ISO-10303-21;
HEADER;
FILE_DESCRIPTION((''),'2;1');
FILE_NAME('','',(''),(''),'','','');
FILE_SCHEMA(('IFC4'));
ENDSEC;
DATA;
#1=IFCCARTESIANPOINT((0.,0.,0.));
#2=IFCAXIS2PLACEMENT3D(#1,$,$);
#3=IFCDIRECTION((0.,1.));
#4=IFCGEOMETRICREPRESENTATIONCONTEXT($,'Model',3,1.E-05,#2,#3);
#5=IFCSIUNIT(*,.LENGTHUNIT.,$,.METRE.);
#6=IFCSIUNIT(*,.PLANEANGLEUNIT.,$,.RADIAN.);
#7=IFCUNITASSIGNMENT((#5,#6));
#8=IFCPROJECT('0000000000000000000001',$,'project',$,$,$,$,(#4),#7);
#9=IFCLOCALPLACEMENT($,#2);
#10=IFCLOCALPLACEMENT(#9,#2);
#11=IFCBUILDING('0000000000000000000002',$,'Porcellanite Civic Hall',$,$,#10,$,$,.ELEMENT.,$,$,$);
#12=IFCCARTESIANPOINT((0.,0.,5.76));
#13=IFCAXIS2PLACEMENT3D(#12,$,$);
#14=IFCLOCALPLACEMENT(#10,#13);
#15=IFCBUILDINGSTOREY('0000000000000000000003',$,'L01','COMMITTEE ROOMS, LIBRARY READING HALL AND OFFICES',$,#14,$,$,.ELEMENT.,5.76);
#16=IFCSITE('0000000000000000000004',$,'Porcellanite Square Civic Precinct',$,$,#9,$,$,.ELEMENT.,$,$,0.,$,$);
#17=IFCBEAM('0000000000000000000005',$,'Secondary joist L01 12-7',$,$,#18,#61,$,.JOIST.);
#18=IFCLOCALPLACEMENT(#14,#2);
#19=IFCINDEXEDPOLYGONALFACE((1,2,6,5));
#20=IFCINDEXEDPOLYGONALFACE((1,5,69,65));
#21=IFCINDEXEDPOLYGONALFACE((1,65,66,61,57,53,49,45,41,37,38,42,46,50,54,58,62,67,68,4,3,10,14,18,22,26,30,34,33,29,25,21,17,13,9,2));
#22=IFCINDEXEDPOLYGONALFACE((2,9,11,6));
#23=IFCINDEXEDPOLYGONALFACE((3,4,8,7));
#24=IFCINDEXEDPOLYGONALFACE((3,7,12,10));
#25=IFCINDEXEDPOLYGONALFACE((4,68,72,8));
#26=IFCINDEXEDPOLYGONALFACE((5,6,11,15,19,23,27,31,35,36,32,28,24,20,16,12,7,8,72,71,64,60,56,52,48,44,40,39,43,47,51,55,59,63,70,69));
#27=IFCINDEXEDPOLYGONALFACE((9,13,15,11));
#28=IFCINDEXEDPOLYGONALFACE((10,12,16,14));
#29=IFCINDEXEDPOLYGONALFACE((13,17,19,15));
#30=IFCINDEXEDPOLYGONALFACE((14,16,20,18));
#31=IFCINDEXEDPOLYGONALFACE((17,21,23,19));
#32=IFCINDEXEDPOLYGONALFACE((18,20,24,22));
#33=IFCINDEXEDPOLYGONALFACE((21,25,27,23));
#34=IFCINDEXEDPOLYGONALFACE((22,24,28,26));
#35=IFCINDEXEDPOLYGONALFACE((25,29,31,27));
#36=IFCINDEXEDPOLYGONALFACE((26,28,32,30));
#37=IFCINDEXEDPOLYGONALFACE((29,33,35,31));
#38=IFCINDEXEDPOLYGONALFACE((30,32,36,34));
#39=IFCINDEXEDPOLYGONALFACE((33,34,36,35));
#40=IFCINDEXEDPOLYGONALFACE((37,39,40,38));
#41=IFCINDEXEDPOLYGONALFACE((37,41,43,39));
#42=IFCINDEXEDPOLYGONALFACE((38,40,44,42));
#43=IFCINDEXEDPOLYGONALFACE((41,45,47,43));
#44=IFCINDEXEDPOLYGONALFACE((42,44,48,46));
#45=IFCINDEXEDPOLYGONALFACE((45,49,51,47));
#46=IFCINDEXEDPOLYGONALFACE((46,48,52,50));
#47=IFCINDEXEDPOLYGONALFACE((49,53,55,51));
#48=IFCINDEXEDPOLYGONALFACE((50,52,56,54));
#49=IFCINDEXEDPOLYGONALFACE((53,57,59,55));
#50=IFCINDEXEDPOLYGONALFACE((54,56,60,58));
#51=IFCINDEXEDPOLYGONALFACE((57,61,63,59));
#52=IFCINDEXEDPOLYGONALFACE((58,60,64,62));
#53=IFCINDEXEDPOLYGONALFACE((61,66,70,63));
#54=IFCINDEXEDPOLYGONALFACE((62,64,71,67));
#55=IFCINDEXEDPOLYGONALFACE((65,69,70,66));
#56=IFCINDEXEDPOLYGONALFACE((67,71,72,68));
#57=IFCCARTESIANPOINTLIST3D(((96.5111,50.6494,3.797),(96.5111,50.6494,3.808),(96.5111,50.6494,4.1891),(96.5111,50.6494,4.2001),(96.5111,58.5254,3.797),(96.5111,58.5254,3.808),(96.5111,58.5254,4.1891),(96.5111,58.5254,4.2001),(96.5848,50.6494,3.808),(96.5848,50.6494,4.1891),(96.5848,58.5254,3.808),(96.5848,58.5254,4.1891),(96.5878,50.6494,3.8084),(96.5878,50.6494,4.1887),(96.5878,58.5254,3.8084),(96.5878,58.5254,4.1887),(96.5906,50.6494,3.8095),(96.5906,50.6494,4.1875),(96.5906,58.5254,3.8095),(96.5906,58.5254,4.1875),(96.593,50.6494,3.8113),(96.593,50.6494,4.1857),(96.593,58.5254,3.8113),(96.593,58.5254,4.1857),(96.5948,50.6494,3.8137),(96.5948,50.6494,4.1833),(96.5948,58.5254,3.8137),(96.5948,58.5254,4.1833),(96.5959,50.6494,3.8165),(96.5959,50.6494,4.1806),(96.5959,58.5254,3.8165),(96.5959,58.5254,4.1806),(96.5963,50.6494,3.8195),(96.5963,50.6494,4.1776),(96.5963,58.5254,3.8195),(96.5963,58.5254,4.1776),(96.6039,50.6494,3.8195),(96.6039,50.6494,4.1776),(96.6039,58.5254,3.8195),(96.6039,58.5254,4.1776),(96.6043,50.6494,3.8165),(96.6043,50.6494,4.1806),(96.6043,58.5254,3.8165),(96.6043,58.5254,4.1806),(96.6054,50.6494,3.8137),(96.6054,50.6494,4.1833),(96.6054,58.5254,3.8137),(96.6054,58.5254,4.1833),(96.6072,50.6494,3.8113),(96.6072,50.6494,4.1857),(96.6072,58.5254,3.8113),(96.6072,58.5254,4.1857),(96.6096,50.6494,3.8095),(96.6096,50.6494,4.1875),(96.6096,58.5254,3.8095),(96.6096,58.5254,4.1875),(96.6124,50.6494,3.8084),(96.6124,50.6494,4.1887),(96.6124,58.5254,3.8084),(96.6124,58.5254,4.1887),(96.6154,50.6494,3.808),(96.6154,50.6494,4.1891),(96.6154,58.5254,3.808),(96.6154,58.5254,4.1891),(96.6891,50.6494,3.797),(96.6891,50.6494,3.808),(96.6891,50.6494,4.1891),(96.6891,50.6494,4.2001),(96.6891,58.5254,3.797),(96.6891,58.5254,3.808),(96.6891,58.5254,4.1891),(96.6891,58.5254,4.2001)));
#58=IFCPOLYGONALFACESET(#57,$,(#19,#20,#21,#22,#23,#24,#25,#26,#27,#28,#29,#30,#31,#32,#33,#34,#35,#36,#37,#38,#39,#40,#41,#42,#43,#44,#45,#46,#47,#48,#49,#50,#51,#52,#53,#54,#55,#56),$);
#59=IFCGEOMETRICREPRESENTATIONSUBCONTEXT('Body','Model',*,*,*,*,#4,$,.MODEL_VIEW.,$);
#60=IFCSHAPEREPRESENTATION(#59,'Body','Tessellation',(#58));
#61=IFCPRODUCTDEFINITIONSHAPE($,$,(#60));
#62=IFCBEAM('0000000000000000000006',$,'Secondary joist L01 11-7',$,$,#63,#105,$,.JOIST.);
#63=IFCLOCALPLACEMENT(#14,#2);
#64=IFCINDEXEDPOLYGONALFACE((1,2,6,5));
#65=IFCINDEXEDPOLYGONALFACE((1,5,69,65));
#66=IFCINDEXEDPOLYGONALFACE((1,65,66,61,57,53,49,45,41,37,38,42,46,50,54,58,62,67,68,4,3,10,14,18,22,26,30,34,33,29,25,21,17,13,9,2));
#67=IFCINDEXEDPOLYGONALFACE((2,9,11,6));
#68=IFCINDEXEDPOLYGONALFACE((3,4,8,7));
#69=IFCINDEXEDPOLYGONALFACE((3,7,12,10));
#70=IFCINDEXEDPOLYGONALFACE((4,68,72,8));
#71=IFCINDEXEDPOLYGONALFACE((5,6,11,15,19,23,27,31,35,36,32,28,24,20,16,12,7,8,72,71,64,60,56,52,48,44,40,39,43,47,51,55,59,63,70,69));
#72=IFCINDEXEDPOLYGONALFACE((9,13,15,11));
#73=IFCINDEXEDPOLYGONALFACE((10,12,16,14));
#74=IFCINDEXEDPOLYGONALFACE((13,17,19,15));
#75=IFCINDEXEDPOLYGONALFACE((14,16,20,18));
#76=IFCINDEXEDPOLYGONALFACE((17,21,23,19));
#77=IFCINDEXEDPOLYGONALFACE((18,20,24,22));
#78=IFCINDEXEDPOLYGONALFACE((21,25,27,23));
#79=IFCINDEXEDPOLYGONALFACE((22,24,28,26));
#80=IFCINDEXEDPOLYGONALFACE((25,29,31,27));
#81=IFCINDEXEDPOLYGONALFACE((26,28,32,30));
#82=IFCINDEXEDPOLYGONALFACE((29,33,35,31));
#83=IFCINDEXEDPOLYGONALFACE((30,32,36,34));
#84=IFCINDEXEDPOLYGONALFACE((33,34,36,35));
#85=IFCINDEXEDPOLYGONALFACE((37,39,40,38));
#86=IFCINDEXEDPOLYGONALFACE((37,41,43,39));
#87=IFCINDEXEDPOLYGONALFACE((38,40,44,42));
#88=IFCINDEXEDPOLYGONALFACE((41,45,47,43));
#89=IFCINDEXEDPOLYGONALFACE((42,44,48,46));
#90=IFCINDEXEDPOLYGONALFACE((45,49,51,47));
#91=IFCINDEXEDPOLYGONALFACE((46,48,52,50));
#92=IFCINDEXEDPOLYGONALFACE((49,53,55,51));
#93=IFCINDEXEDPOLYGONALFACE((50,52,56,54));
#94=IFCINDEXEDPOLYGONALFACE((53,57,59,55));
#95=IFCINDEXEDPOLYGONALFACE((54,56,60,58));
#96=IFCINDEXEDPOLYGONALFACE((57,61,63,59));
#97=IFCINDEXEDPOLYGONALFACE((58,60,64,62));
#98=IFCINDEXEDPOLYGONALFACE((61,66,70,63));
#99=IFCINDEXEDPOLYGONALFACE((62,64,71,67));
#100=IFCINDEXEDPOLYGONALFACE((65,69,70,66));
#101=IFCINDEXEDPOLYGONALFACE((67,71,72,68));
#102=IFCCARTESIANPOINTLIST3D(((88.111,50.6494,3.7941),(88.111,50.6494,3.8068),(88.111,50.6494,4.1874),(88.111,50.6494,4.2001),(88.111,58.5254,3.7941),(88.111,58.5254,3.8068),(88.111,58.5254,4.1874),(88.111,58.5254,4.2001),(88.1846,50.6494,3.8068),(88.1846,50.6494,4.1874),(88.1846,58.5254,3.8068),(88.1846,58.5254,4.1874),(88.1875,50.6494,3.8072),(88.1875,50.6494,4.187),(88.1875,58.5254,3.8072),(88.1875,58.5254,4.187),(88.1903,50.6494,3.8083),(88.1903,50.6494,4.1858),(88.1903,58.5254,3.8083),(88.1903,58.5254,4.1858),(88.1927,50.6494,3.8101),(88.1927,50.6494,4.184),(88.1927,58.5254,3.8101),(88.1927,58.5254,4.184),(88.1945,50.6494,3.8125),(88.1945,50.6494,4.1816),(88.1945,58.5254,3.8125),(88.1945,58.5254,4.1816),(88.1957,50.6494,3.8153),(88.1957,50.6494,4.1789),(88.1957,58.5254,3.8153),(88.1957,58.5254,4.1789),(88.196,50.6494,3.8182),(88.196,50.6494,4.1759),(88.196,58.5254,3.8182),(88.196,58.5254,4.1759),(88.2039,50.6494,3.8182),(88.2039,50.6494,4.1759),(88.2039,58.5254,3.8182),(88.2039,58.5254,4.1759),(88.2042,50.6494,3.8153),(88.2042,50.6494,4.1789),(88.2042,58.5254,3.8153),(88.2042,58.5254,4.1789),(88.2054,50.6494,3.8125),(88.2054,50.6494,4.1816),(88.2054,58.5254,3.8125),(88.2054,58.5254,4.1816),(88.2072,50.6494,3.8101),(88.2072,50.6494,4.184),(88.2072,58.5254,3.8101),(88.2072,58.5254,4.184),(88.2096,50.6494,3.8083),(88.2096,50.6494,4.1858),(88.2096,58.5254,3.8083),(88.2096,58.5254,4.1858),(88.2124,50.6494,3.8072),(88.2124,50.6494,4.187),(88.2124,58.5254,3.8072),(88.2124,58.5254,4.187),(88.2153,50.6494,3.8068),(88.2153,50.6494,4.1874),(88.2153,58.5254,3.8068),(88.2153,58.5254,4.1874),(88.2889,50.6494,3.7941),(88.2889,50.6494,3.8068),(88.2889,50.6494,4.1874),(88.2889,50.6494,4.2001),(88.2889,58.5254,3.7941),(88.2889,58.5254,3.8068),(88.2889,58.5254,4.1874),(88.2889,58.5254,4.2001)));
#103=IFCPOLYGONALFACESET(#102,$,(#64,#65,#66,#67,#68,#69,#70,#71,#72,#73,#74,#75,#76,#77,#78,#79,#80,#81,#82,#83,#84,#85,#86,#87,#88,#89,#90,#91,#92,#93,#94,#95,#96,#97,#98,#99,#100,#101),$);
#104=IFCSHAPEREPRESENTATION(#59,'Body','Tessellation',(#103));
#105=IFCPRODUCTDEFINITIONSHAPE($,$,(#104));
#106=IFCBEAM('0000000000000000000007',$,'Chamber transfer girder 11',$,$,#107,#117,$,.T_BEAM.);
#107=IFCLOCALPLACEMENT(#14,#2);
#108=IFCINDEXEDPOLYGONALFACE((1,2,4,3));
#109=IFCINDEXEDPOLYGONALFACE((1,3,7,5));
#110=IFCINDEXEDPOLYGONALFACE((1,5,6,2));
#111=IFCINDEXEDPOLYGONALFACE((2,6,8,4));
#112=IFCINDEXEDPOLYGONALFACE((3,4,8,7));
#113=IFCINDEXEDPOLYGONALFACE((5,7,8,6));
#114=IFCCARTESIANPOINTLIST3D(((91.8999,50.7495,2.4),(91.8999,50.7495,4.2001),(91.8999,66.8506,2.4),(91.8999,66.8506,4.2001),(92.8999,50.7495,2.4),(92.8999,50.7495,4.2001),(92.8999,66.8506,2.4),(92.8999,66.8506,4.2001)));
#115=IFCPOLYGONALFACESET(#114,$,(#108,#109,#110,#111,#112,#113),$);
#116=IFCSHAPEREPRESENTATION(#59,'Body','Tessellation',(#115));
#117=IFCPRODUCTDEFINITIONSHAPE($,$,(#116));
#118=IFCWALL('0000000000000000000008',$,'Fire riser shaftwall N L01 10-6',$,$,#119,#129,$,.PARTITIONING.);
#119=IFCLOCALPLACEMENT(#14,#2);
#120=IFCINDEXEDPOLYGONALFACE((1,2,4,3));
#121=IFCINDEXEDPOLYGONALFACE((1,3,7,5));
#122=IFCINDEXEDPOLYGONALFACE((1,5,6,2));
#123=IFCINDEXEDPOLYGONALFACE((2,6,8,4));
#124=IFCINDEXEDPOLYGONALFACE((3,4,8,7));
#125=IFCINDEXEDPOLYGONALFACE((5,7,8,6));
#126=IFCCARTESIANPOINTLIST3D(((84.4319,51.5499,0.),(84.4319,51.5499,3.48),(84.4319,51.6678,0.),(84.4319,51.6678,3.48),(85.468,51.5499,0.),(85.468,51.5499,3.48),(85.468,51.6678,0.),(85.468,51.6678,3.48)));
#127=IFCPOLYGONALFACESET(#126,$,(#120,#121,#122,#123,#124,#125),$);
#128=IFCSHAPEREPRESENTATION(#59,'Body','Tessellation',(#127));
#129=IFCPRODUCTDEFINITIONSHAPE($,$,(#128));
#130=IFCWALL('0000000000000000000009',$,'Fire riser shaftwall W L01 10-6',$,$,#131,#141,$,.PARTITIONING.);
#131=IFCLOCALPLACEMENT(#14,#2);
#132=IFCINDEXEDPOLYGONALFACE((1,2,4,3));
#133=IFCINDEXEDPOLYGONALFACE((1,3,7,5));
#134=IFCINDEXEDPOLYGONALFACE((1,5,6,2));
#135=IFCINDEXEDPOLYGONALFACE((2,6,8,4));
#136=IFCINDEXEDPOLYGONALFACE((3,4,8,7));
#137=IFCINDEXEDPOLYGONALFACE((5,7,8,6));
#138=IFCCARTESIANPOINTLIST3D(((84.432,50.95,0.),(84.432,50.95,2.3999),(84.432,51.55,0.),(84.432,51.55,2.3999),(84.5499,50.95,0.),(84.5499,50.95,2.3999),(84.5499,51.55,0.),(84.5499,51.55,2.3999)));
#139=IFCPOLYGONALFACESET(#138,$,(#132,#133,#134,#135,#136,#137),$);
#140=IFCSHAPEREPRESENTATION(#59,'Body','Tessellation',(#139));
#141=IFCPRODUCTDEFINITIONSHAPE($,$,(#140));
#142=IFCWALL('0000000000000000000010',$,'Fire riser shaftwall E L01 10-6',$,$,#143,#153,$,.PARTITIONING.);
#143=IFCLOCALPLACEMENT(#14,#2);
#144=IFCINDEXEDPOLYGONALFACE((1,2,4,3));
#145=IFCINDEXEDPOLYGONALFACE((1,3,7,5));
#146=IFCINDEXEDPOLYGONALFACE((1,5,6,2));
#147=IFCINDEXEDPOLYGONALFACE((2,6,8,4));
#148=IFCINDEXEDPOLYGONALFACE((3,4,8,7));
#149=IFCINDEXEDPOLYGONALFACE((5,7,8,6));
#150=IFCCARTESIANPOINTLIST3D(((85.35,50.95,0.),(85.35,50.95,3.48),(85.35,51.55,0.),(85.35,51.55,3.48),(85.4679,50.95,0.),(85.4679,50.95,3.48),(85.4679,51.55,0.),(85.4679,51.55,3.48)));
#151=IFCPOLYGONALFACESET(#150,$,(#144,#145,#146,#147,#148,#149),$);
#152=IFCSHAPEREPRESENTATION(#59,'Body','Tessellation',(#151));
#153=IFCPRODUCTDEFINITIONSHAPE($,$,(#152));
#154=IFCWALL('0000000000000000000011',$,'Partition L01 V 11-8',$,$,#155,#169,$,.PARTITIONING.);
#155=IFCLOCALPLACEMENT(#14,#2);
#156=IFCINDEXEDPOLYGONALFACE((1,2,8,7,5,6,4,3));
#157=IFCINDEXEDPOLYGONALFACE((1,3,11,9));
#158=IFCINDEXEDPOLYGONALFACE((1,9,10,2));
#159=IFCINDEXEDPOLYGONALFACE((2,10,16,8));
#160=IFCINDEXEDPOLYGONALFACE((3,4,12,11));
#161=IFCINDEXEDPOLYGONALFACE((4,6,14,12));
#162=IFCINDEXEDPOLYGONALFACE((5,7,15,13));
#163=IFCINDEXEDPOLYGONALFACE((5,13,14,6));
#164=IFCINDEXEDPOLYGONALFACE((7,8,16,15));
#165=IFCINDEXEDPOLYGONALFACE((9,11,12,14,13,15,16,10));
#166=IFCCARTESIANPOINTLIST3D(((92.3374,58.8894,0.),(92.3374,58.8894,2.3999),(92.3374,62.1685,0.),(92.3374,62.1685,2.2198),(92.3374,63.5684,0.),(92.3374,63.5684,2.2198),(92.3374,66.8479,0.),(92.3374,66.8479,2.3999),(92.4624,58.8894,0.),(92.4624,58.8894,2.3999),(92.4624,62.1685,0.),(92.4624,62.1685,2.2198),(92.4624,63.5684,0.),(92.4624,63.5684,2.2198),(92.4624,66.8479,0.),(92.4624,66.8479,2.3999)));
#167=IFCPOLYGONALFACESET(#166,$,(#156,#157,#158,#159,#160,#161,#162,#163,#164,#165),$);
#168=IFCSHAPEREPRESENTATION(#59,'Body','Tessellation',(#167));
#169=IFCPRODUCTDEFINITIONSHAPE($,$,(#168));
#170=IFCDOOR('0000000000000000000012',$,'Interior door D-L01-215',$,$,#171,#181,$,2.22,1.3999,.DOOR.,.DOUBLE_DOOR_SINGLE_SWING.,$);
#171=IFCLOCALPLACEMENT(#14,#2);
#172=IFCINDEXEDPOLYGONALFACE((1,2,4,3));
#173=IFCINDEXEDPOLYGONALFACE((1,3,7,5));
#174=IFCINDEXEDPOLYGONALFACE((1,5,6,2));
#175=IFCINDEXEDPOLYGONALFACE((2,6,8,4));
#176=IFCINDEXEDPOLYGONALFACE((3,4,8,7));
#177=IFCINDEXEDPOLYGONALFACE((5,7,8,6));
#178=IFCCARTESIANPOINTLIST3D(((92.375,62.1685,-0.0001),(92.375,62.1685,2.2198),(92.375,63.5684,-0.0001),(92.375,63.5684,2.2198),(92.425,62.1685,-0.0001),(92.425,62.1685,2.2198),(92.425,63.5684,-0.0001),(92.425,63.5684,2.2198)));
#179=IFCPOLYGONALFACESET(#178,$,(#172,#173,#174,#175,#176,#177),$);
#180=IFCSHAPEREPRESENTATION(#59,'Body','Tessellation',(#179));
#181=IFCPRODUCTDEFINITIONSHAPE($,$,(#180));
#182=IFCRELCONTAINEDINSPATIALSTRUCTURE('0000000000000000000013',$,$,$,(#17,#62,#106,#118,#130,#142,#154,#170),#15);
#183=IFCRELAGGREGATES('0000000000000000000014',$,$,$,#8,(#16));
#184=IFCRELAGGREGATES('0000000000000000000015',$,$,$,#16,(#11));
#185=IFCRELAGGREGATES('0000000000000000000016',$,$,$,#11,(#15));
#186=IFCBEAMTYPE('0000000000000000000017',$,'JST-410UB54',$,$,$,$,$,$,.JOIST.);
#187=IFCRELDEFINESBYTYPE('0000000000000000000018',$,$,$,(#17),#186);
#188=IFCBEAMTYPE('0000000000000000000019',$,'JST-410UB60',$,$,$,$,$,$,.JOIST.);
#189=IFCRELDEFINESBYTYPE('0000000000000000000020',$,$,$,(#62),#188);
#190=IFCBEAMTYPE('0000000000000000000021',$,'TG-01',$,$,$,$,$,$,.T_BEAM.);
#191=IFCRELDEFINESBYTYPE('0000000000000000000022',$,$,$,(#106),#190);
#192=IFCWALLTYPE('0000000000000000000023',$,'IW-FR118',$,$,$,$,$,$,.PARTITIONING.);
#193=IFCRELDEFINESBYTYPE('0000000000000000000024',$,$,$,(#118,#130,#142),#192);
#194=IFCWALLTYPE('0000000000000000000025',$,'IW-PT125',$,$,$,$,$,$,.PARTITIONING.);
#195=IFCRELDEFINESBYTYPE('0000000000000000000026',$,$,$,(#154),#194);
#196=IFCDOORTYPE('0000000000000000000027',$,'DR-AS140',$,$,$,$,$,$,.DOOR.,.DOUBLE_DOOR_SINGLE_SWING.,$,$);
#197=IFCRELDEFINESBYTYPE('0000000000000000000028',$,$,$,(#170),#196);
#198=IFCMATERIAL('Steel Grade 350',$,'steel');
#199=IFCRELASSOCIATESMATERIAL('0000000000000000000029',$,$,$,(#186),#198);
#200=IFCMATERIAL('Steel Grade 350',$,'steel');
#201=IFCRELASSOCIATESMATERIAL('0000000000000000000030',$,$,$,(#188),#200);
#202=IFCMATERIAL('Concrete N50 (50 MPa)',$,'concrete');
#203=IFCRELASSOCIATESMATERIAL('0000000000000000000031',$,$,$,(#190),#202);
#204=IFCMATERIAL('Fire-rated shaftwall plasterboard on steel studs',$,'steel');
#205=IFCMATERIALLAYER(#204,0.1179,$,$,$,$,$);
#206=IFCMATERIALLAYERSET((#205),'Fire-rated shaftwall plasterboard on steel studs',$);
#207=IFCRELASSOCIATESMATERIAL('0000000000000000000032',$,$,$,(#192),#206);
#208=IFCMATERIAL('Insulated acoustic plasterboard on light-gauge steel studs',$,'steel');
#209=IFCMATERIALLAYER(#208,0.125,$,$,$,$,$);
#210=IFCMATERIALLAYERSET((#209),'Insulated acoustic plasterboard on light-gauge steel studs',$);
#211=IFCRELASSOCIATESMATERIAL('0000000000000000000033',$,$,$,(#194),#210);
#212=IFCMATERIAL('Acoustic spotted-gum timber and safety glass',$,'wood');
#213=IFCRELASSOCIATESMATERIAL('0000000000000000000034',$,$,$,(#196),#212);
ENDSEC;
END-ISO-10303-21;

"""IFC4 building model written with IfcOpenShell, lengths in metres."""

from ifc_helpers import new_model, si_unit, direction, frame, frame_2d, origin, origin_2d, place, context, subcontext, project, spatial, rectangle, i_section, extrude, material, layer, layer_set, material_profile, profile_set, type_object, element, fill, save


model = new_model("IFC4")

# Units and contexts
model_context = context("Model", 3, precision=1e-05, world=origin(), true_north=direction((0.0, 1.0)))
body_context = subcontext(model_context, "Body", "Model", "MODEL_VIEW")
ifc_project = project(units=[si_unit("LENGTHUNIT", "METRE"), si_unit("PLANEANGLEUNIT", "RADIAN")], contexts=[model_context])

# Site, building, storey
site_placement = place(None, origin())
site = spatial("IfcSite", under=ifc_project, at=site_placement, Name="Porcellanite Square Civic Precinct", CompositionType="ELEMENT", RefElevation=0.0)
building_placement = place(site_placement, origin())
building = spatial("IfcBuilding", under=site, at=building_placement, Name="Porcellanite Civic Hall", CompositionType="ELEMENT")
storey_placement = place(building_placement, frame((0.0, 0.0, 5.76)))
storey = spatial("IfcBuildingStorey", under=building, at=storey_placement, Name="L01", Description="COMMITTEE ROOMS, LIBRARY READING HALL AND OFFICES", CompositionType="ELEMENT", Elevation=5.76)

# Beams
ifc_material_1 = material(Name="Steel Grade 350", Category="steel")
ifc_material_profile_1 = material_profile(ifc_material_1, i_section(OverallWidth=0.178, OverallDepth=0.4031, WebThickness=0.0076, FlangeThickness=0.011, FilletRadius=0.0115, at=origin_2d()), Name="410UB53.7")
ifc_profile_set_1 = profile_set([ifc_material_profile_1], Name="Steel Grade 350")
beam_type_1 = type_object("IfcBeamType", Name="JST-410UB54", PredefinedType="JOIST", material=ifc_profile_set_1)
for number, where, z_axis, x_axis, name in (
    (1, (96.6001, 50.6494, 3.9985), (0.0, 1.0, 0.0), (-1.0, 0.0, 0.0), "Secondary joist L01 12-7"),
):
    element("IfcBeam", number, at=place(storey_placement, frame(where, z_axis=z_axis, x_axis=x_axis)), inside=storey, type_object=beam_type_1, Name=name, PredefinedType="JOIST", context=body_context, shape_type="SweptSolid", body=[
        extrude(i_section(OverallWidth=0.178, OverallDepth=0.4031, WebThickness=0.0076, FlangeThickness=0.011, FilletRadius=0.0115, at=origin_2d()), origin(), (0.0, 0.0, 1.0), 7.876),
    ])
ifc_material_2 = material(Name="Steel Grade 350", Category="steel")
ifc_material_profile_2 = material_profile(ifc_material_2, i_section(OverallWidth=0.178, OverallDepth=0.406, WebThickness=0.0078, FlangeThickness=0.0127, FilletRadius=0.0115, at=origin_2d()), Name="410UB59.7")
ifc_profile_set_2 = profile_set([ifc_material_profile_2], Name="Steel Grade 350")
beam_type_2 = type_object("IfcBeamType", Name="JST-410UB60", PredefinedType="JOIST", material=ifc_profile_set_2)
beam_1_placement = place(storey_placement, frame((88.2, 50.6494, 3.9971), z_axis=(0.0, 1.0, 0.0), x_axis=(-1.0, 0.0, 0.0)))
element("IfcBeam", 2, at=beam_1_placement, inside=storey, type_object=beam_type_2, Name="Secondary joist L01 11-7", PredefinedType="JOIST", context=body_context, shape_type="SweptSolid", body=[
    extrude(i_section(OverallWidth=0.178, OverallDepth=0.406, WebThickness=0.0078, FlangeThickness=0.0127, FilletRadius=0.0115, at=origin_2d()), origin(), (0.0, 0.0, 1.0), 7.876),
])
ifc_material_3 = material(Name="Concrete N50 (50 MPa)", Category="concrete")
ifc_material_profile_3 = material_profile(ifc_material_3, rectangle(XDim=1.0, YDim=1.8, at=origin_2d()), Name="RC-1000x1800")
ifc_profile_set_3 = profile_set([ifc_material_profile_3], Name="Concrete N50 (50 MPa)")
beam_type_3 = type_object("IfcBeamType", Name="TG-01", PredefinedType="T_BEAM", material=ifc_profile_set_3)
beam_2_placement = place(storey_placement, frame((92.3999, 50.7495, 3.3), z_axis=(0.0, 1.0, 0.0), x_axis=(-1.0, 0.0, 0.0)))
element("IfcBeam", 3, at=beam_2_placement, inside=storey, type_object=beam_type_3, Name="Chamber transfer girder 11", PredefinedType="T_BEAM", context=body_context, shape_type="SweptSolid", body=[
    extrude(rectangle(XDim=1.0, YDim=1.8, at=origin_2d()), origin(), (0.0, 0.0, 1.0), 16.1011),
])

# Walls
ifc_material_4 = material(Name="Fire-rated shaftwall plasterboard on steel studs", Category="steel")
ifc_layer_1 = layer(ifc_material_4, 0.1179)
ifc_layer_set_1 = layer_set([ifc_layer_1], Name="Fire-rated shaftwall plasterboard on steel studs")
wall_type_1 = type_object("IfcWallType", Name="IW-FR118", PredefinedType="PARTITIONING", material=ifc_layer_set_1)
wall_1_placement = place(storey_placement, frame((84.4319, 51.6089, 0.0), z_axis=(0.0, 0.0, 1.0), x_axis=(1.0, 0.0, 0.0)))
element("IfcWall", 4, at=wall_1_placement, inside=storey, type_object=wall_type_1, Name="Fire riser shaftwall N L01 10-6", PredefinedType="PARTITIONING", context=body_context, shape_type="SweptSolid", body=[
    extrude(rectangle(XDim=1.0361, YDim=0.1179, at=frame_2d((0.5181, 0.0))), origin(), (0.0, 0.0, 1.0), 3.48),
])
wall_2_placement = place(storey_placement, frame((84.491, 50.95, 0.0), z_axis=(0.0, 0.0, 1.0), x_axis=(0.0, 1.0, 0.0)))
element("IfcWall", 5, at=wall_2_placement, inside=storey, type_object=wall_type_1, Name="Fire riser shaftwall W L01 10-6", PredefinedType="PARTITIONING", context=body_context, shape_type="SweptSolid", body=[
    extrude(rectangle(XDim=0.6001, YDim=0.1179, at=frame_2d((0.3, 0.0))), origin(), (0.0, 0.0, 1.0), 2.3999),
])
wall_3_placement = place(storey_placement, frame((85.4089, 50.95, 0.0), z_axis=(0.0, 0.0, 1.0), x_axis=(0.0, 1.0, 0.0)))
element("IfcWall", 6, at=wall_3_placement, inside=storey, type_object=wall_type_1, Name="Fire riser shaftwall E L01 10-6", PredefinedType="PARTITIONING", context=body_context, shape_type="SweptSolid", body=[
    extrude(rectangle(XDim=0.6001, YDim=0.1179, at=frame_2d((0.3, 0.0))), origin(), (0.0, 0.0, 1.0), 3.48),
])

# Wall, opening, door
ifc_material_5 = material(Name="Insulated acoustic plasterboard on light-gauge steel studs", Category="steel")
ifc_layer_2 = layer(ifc_material_5, 0.125)
ifc_layer_set_2 = layer_set([ifc_layer_2], Name="Insulated acoustic plasterboard on light-gauge steel studs")
wall_type_2 = type_object("IfcWallType", Name="IW-PT125", PredefinedType="PARTITIONING", material=ifc_layer_set_2)
wall_4_placement = place(storey_placement, frame((92.3999, 58.8894, 0.0), z_axis=(0.0, 0.0, 1.0), x_axis=(0.0, 1.0, 0.0)))
wall_4 = element("IfcWall", 7, at=wall_4_placement, inside=storey, type_object=wall_type_2, Name="Partition L01 V 11-8", PredefinedType="PARTITIONING", context=body_context, shape_type="SweptSolid", body=[
    extrude(rectangle(XDim=7.9585, YDim=0.125, at=frame_2d((3.9792, 0.0))), origin(), (0.0, 0.0, 1.0), 2.3999),
])
opening_1_placement = place(wall_4_placement, frame((3.2791, 0.0, 0.0)))
opening_1 = element("IfcOpeningElement", 8, at=opening_1_placement, cuts=wall_4, PredefinedType="OPENING", context=body_context, shape_type="SweptSolid", body=[
    extrude(rectangle(XDim=1.3999, YDim=2.22, at=frame_2d((0.7, 1.1099))), frame((0.0, 0.0625, 0.0), z_axis=(0.0, -1.0, 0.0), x_axis=(1.0, 0.0, 0.0)), (0.0, 0.0, 1.0), 0.125),
])
ifc_material_6 = material(Name="Acoustic spotted-gum timber and safety glass", Category="wood")
door_type = type_object("IfcDoorType", Name="DR-AS140", OperationType="DOUBLE_DOOR_SINGLE_SWING", PredefinedType="DOOR", material=ifc_material_6)
door_placement = place(opening_1_placement, origin())
door = element("IfcDoor", 9, at=door_placement, inside=storey, type_object=door_type, Name="Interior door D-L01-215", OperationType="DOUBLE_DOOR_SINGLE_SWING", OverallHeight=2.22, OverallWidth=1.3999, PredefinedType="DOOR", context=body_context, shape_type="SweptSolid", body=[
    extrude(rectangle(XDim=1.3999, YDim=2.22, at=frame_2d((0.7, 1.1099))), frame((0.0, 0.0249, 0.0), z_axis=(0.0, -1.0, 0.0), x_axis=(1.0, 0.0, 0.0)), (0.0, 0.0, 1.0), 0.05),
])
fill(opening_1, door)

save(model, "model.ifc")
